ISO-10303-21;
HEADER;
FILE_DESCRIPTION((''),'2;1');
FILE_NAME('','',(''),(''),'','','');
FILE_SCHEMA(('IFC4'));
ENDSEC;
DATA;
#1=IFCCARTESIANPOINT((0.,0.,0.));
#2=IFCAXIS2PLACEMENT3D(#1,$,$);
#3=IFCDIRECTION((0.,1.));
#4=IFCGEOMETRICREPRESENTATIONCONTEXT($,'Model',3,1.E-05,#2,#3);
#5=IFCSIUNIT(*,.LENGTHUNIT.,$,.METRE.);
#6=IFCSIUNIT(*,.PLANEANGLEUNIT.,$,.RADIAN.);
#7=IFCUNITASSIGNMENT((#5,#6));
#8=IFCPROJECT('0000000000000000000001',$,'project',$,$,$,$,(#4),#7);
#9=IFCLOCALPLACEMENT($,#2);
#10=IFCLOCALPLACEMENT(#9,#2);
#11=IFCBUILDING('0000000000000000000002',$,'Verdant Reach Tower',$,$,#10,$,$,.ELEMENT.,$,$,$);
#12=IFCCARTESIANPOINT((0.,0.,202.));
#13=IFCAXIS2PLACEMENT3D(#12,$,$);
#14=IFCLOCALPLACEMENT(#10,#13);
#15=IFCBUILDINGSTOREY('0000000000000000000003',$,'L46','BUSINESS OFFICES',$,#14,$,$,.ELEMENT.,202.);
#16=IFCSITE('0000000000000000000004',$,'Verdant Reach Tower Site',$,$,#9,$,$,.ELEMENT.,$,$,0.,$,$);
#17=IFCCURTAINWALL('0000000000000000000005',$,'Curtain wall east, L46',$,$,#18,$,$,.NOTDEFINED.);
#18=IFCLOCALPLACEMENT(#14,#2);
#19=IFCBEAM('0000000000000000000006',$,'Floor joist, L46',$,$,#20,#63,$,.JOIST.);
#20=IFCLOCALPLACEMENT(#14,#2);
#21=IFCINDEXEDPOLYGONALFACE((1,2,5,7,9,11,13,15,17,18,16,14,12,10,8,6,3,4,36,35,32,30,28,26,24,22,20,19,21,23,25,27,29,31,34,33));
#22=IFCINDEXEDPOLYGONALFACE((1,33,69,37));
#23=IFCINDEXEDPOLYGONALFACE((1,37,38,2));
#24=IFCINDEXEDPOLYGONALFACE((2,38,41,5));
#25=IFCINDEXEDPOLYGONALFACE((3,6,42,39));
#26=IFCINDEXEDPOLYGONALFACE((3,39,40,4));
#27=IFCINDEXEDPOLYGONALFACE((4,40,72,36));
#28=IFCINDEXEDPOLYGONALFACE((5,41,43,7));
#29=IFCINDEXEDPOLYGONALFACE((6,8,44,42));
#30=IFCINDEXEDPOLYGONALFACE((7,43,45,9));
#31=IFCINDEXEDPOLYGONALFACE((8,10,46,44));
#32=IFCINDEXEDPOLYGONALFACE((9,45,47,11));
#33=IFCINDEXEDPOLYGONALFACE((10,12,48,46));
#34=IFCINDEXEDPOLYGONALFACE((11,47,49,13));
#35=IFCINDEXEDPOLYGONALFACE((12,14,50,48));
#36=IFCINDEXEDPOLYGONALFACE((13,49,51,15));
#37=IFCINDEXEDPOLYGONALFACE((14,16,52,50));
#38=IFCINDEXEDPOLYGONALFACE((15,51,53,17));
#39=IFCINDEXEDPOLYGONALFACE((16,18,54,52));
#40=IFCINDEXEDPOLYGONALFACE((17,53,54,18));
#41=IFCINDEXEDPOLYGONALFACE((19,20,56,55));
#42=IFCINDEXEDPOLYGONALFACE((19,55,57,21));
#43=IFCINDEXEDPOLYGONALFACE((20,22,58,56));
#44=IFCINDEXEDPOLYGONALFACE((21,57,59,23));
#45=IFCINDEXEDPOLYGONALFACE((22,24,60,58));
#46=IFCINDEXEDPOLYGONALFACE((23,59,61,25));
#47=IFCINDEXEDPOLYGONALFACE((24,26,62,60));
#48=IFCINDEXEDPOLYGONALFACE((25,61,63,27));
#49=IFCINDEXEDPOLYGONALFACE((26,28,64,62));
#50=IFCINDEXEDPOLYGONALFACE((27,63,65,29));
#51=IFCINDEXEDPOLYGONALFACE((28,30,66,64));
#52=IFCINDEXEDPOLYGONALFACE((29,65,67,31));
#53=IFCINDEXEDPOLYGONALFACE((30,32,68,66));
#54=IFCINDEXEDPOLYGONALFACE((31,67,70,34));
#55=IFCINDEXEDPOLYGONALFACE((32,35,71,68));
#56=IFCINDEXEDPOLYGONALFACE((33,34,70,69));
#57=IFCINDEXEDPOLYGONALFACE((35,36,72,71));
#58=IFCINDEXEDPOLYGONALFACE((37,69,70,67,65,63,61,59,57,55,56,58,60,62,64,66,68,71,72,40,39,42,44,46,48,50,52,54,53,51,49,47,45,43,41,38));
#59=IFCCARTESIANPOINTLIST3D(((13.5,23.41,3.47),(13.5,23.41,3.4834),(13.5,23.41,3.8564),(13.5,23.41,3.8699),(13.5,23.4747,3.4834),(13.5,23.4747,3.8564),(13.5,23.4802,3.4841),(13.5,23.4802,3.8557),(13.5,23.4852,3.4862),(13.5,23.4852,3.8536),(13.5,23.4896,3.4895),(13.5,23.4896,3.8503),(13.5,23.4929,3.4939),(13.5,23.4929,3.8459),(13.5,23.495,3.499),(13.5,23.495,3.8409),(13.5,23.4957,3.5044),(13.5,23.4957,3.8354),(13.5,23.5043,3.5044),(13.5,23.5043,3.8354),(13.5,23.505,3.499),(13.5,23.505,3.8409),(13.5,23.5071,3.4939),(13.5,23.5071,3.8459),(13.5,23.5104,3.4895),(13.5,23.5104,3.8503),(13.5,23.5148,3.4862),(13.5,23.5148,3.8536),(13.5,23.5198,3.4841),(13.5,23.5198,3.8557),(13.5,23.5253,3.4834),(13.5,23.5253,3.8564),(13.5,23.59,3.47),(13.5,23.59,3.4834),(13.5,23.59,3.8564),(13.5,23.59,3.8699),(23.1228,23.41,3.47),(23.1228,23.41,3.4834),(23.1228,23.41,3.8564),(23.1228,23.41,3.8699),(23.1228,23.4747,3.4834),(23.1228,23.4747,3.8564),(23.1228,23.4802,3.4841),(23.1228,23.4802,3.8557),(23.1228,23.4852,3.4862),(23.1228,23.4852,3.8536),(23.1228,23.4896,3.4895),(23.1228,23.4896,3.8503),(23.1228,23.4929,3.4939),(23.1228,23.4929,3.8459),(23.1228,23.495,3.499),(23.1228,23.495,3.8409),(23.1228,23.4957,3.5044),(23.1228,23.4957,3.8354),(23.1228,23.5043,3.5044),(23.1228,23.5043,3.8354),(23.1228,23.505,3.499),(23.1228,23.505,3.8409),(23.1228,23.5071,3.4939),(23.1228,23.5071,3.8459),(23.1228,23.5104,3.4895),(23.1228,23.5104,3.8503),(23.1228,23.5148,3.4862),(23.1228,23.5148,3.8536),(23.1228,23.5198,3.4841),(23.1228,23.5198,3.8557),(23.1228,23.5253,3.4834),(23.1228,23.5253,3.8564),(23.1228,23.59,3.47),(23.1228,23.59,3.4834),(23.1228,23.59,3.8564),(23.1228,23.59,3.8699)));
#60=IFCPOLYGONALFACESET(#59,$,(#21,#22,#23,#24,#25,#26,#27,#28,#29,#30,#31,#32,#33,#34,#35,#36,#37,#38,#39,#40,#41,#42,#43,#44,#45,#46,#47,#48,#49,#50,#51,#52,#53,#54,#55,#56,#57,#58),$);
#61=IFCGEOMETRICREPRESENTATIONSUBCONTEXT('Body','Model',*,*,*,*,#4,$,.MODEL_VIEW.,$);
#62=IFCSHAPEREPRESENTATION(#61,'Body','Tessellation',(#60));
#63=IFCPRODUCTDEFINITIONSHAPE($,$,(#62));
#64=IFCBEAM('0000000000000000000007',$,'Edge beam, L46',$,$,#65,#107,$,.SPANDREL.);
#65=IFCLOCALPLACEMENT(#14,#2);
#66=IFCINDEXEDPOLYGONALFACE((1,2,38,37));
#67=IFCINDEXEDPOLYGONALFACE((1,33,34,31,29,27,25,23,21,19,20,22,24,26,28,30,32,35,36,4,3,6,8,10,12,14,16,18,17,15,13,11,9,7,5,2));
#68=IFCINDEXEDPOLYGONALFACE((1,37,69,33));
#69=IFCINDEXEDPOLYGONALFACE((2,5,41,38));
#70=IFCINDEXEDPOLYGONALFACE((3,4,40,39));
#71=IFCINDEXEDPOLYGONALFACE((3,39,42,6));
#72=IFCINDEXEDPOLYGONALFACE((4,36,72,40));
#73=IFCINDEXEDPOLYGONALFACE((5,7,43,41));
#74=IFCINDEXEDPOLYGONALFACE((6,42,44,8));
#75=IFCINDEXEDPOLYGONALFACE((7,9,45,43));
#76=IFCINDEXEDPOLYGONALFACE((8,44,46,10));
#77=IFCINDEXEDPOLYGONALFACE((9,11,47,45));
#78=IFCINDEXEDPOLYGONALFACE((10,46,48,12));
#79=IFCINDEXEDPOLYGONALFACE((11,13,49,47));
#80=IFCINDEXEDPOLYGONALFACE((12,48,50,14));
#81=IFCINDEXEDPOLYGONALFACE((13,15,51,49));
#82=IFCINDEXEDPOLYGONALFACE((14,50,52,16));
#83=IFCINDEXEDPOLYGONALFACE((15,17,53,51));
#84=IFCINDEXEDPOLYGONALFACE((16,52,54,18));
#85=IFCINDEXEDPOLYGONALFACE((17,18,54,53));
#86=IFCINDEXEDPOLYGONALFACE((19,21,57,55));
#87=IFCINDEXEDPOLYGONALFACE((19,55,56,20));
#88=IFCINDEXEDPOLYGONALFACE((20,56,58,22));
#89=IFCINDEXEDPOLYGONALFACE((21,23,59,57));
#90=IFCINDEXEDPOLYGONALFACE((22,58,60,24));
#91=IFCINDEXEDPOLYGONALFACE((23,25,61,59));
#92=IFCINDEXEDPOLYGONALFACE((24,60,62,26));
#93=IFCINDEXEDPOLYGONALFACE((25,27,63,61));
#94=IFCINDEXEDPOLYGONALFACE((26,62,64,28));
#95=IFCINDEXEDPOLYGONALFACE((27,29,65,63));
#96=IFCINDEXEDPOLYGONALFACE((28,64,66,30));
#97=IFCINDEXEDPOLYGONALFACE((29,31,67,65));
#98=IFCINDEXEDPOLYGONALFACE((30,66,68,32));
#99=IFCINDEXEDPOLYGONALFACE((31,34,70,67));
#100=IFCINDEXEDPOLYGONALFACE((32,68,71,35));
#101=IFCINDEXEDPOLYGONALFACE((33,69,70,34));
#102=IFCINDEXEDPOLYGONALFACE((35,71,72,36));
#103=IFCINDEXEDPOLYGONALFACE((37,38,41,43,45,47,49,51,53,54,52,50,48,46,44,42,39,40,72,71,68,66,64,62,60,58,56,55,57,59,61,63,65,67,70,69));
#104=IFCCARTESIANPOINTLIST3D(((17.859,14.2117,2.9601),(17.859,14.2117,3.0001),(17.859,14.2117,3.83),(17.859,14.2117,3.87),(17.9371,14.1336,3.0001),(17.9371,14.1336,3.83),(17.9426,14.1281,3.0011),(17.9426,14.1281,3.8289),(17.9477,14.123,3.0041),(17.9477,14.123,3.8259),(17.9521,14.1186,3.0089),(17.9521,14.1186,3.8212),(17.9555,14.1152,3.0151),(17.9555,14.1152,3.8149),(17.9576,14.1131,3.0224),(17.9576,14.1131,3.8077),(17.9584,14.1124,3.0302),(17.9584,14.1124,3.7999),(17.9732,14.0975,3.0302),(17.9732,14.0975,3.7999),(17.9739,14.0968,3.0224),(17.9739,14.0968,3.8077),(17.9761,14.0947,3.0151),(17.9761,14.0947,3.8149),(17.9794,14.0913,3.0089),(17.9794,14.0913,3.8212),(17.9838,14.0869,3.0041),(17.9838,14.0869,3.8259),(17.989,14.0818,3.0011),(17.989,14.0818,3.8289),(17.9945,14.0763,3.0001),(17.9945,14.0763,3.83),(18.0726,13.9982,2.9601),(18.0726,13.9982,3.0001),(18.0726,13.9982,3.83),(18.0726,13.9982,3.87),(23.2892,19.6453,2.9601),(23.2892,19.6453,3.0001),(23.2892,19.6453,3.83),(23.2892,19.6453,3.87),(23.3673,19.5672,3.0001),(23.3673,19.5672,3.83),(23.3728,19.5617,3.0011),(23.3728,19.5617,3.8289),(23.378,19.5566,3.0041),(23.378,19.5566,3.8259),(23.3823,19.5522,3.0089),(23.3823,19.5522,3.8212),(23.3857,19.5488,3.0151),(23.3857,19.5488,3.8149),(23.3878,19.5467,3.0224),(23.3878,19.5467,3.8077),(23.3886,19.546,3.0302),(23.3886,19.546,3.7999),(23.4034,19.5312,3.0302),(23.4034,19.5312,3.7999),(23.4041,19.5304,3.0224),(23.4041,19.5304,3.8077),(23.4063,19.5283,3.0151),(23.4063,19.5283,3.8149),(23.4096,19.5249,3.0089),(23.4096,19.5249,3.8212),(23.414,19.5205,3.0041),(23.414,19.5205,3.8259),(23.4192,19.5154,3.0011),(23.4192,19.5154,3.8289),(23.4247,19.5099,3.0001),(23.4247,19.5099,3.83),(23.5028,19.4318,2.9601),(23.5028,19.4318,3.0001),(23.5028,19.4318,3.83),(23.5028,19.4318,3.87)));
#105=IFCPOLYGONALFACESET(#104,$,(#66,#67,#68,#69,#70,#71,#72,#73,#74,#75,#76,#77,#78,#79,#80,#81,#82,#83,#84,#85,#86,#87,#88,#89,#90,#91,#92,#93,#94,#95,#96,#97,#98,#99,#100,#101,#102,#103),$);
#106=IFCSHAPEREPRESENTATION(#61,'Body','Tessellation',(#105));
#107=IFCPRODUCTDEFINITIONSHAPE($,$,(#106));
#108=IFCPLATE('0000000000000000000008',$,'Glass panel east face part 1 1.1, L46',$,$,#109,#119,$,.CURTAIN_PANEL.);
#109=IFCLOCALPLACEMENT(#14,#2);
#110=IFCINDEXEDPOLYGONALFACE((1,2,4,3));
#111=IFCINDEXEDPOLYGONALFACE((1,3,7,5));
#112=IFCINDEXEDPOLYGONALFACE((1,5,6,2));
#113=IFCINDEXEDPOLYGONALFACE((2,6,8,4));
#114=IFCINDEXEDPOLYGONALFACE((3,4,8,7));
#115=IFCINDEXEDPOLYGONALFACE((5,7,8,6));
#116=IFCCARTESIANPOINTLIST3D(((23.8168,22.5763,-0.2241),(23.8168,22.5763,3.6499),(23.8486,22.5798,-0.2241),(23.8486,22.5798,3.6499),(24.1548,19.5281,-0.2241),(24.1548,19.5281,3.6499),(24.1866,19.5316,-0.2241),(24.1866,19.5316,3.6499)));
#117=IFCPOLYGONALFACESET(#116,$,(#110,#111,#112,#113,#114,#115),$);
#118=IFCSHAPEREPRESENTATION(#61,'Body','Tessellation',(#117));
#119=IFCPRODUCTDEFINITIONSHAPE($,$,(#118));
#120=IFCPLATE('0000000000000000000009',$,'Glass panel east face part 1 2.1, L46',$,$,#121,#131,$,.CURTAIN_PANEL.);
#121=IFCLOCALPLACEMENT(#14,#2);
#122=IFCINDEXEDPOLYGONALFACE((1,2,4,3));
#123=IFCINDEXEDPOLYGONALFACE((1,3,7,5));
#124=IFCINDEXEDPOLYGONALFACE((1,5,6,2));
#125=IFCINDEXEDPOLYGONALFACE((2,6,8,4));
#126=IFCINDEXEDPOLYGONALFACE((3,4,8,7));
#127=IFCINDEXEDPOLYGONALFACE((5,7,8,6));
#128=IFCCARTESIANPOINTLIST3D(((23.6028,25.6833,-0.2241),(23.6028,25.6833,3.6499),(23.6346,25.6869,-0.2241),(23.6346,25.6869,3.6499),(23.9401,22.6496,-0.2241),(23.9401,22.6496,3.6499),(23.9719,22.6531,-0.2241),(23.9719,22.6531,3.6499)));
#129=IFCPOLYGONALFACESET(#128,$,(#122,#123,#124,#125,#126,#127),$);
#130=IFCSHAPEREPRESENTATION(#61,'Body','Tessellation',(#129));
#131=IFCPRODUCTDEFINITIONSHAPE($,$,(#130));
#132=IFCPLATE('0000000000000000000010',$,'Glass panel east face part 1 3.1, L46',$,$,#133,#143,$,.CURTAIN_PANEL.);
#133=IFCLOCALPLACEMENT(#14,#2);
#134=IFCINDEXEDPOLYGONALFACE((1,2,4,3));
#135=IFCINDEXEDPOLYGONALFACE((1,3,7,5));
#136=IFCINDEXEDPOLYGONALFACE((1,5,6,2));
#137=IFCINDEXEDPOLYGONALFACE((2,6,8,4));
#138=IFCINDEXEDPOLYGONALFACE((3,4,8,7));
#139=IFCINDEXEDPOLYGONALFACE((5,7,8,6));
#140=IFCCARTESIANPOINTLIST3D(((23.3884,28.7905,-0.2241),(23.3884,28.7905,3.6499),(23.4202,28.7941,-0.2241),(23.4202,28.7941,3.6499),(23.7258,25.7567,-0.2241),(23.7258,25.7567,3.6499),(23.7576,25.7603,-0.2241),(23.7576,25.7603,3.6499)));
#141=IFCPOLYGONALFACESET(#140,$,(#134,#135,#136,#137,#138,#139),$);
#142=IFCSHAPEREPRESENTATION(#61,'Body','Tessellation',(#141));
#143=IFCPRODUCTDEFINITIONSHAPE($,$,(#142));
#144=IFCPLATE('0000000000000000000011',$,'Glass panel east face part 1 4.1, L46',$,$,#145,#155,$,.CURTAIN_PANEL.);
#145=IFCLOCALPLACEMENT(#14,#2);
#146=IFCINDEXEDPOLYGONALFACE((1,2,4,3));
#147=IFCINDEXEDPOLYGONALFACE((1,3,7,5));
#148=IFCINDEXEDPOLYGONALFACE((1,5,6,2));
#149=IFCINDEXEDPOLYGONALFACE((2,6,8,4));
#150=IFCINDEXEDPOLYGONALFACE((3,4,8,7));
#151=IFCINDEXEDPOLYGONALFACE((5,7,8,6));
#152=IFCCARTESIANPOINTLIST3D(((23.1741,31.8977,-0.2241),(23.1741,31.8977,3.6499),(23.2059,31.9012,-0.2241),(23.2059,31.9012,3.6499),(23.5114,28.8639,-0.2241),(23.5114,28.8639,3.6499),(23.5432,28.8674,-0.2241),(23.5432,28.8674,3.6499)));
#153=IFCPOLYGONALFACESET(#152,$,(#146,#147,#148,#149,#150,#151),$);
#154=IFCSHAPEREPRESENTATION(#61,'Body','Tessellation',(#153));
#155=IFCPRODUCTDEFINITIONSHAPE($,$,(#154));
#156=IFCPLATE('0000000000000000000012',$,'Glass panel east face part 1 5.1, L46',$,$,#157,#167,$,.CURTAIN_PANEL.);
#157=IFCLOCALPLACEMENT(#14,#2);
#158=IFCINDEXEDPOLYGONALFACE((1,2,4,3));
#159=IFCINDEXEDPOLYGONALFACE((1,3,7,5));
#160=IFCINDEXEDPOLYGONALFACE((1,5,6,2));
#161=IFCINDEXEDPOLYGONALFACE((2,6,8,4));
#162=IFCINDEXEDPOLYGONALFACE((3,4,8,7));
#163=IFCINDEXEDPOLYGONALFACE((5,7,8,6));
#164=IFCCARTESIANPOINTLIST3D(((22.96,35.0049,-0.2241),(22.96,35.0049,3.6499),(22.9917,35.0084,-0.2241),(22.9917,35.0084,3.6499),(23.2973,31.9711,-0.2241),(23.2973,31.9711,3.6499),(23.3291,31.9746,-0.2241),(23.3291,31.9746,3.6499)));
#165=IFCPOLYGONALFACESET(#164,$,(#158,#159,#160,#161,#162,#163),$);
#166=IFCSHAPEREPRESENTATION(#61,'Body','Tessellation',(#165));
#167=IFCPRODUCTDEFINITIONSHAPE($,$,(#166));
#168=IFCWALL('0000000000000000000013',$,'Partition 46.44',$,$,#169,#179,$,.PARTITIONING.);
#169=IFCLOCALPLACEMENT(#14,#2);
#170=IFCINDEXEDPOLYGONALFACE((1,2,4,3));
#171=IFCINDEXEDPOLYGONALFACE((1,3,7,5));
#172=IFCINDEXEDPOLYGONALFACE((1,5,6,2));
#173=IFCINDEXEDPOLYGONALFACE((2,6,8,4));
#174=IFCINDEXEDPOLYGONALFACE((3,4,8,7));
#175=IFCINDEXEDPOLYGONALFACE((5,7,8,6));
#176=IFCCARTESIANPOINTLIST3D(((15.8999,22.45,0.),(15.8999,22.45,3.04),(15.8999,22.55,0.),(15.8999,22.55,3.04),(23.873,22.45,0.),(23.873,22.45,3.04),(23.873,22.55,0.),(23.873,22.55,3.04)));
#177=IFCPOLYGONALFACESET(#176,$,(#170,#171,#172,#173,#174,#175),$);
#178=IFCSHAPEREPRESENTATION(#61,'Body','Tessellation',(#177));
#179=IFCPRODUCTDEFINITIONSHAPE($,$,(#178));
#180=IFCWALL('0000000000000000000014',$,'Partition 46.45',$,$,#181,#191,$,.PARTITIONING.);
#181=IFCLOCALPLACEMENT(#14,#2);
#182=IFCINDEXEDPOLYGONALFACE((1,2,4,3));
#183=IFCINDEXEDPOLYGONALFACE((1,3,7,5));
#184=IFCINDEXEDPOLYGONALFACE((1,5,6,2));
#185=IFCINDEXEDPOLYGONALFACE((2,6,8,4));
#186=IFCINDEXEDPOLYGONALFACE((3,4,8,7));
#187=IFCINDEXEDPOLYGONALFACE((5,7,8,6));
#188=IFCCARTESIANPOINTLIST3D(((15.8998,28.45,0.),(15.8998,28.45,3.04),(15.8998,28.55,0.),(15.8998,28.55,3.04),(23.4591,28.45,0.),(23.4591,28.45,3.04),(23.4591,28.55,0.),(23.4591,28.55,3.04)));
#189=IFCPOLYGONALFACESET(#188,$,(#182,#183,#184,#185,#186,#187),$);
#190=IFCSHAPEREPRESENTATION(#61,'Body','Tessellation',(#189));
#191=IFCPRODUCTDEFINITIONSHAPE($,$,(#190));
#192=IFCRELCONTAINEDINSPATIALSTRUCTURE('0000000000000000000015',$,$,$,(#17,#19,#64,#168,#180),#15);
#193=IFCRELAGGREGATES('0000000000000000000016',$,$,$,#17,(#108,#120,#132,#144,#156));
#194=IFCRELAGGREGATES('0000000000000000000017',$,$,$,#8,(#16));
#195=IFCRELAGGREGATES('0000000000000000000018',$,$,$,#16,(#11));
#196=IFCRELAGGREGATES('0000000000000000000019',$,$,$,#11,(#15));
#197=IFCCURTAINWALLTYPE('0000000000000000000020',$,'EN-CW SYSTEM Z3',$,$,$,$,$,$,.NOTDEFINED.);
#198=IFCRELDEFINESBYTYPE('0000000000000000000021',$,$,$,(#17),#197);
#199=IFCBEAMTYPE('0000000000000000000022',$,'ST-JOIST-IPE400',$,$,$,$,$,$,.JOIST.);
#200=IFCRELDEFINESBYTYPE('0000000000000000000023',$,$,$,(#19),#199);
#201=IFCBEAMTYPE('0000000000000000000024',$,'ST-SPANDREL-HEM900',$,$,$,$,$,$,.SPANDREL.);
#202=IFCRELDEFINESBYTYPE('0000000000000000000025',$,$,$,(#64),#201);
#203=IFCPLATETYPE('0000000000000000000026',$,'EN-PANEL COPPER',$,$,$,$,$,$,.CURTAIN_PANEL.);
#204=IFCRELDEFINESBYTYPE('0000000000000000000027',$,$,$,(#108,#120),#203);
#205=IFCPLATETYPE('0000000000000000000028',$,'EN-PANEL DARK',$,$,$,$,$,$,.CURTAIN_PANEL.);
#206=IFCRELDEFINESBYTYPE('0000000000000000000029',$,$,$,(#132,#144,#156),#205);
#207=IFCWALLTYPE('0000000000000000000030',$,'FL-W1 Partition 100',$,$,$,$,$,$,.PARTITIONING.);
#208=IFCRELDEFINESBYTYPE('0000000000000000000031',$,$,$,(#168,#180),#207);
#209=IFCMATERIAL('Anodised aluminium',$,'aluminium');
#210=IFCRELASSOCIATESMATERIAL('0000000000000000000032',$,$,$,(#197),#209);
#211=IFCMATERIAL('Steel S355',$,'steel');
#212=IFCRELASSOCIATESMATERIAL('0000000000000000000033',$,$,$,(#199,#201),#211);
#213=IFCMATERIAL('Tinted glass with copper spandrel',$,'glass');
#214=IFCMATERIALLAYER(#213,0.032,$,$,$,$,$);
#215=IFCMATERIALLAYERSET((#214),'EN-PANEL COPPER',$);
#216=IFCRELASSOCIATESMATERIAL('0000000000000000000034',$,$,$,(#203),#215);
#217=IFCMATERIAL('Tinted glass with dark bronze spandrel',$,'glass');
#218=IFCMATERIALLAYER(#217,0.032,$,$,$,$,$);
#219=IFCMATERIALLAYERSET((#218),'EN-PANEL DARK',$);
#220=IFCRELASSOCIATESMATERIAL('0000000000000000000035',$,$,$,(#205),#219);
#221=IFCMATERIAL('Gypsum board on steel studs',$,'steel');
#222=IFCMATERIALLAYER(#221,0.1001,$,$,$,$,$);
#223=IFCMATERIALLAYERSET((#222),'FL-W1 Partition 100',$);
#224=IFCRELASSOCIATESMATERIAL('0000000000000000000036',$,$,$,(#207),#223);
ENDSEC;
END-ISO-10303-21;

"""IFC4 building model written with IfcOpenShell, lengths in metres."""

from ifc_helpers import new_model, si_unit, direction, frame, frame_2d, origin, origin_2d, place, context, subcontext, project, spatial, rectangle, i_section, extrude, material, layer, layer_set, material_profile, profile_set, type_object, element, aggregate, save


model = new_model("IFC4")

# Units and contexts
model_context = context("Model", 3, precision=1e-05, world=origin(), true_north=direction((0.0, 1.0)))
body_context = subcontext(model_context, "Body", "Model", "MODEL_VIEW")
ifc_project = project(units=[si_unit("LENGTHUNIT", "METRE"), si_unit("PLANEANGLEUNIT", "RADIAN")], contexts=[model_context])

# Site, building, storey
site_placement = place(None, origin())
site = spatial("IfcSite", under=ifc_project, at=site_placement, Name="Verdant Reach Tower Site", CompositionType="ELEMENT", RefElevation=0.0)
building_placement = place(site_placement, origin())
building = spatial("IfcBuilding", under=site, at=building_placement, Name="Verdant Reach Tower", CompositionType="ELEMENT")
storey_placement = place(building_placement, frame((0.0, 0.0, 202.0)))
storey = spatial("IfcBuildingStorey", under=building, at=storey_placement, Name="L46", Description="BUSINESS OFFICES", CompositionType="ELEMENT", Elevation=202.0)

# Curtain wall
ifc_material_1 = material(Name="Anodised aluminium", Category="aluminium")
curtain_wall_type = type_object("IfcCurtainWallType", Name="EN-CW SYSTEM Z3", PredefinedType="NOTDEFINED", material=ifc_material_1)
curtain_wall_placement = place(storey_placement, origin())
curtain_wall = element("IfcCurtainWall", 1, at=curtain_wall_placement, inside=storey, type_object=curtain_wall_type, Name="Curtain wall east, L46", PredefinedType="NOTDEFINED")

# Beams
ifc_material_2 = material(Name="Steel S355", Category="steel")
ifc_material_profile_1 = material_profile(ifc_material_2, i_section(OverallWidth=0.1799, OverallDepth=0.3999, WebThickness=0.0085, FlangeThickness=0.0134, FilletRadius=0.021, at=origin_2d()), Name="IPE 400")
ifc_profile_set_1 = profile_set([ifc_material_profile_1], Name="Steel S355")
beam_type_1 = type_object("IfcBeamType", Name="ST-JOIST-IPE400", PredefinedType="JOIST", material=ifc_profile_set_1)
beam_1_placement = place(storey_placement, frame((13.5, 23.5, 3.6699), z_axis=(1.0, 0.0, 0.0), x_axis=(0.0, 1.0, 0.0)))
element("IfcBeam", 2, at=beam_1_placement, inside=storey, type_object=beam_type_1, Name="Floor joist, L46", PredefinedType="JOIST", context=body_context, shape_type="SweptSolid", body=[
    extrude(i_section(OverallWidth=0.1799, OverallDepth=0.3999, WebThickness=0.0085, FlangeThickness=0.0134, FilletRadius=0.021, at=origin_2d()), origin(), (0.0, 0.0, 1.0), 9.6228),
])
ifc_material_profile_2 = material_profile(ifc_material_2, i_section(OverallWidth=0.302, OverallDepth=0.9099, WebThickness=0.021, FlangeThickness=0.04, FilletRadius=0.03, at=origin_2d()), Name="HEM 900")
ifc_profile_set_2 = profile_set([ifc_material_profile_2], Name="Steel S355")
beam_type_2 = type_object("IfcBeamType", Name="ST-SPANDREL-HEM900", PredefinedType="SPANDREL", material=ifc_profile_set_2)
beam_2_placement = place(storey_placement, frame((23.396, 19.5386, 3.415), z_axis=(-0.706884, -0.707329, 0.0), x_axis=(0.707329, -0.706884, 0.0)))
element("IfcBeam", 3, at=beam_2_placement, inside=storey, type_object=beam_type_2, Name="Edge beam, L46", PredefinedType="SPANDREL", context=body_context, shape_type="SweptSolid", body=[
    extrude(i_section(OverallWidth=0.302, OverallDepth=0.9099, WebThickness=0.021, FlangeThickness=0.04, FilletRadius=0.03, at=origin_2d()), origin(), (0.0, 0.0, 1.0), 7.6819),
])

# Plates
ifc_material_3 = material(Name="Tinted glass with copper spandrel", Category="glass")
ifc_layer_1 = layer(ifc_material_3, 0.032)
ifc_layer_set_1 = layer_set([ifc_layer_1], Name="EN-PANEL COPPER")
plate_type_1 = type_object("IfcPlateType", Name="EN-PANEL COPPER", PredefinedType="CURTAIN_PANEL", material=ifc_layer_set_1)
plate_1_placement = place(storey_placement, frame((24.0017, 21.054, -0.2241), z_axis=(0.0, 0.0, 1.0), x_axis=(-0.110214, 0.993908, 0.0)))
plate_1 = element("IfcPlate", 4, at=plate_1_placement, type_object=plate_type_1, Name="Glass panel east face part 1 1.1, L46", PredefinedType="CURTAIN_PANEL", context=body_context, shape_type="SweptSolid", body=[
    extrude(rectangle(XDim=3.0669, YDim=0.032, at=origin_2d()), origin(), (0.0, 0.0, 1.0), 3.874),
])
plate_2_placement = place(storey_placement, frame((23.7874, 24.1682, -0.2241), z_axis=(0.0, 0.0, 1.0), x_axis=(-0.110518, 0.993874, 0.0)))
plate_2 = element("IfcPlate", 5, at=plate_2_placement, type_object=plate_type_1, Name="Glass panel east face part 1 2.1, L46", PredefinedType="CURTAIN_PANEL", context=body_context, shape_type="SweptSolid", body=[
    extrude(rectangle(XDim=3.0525, YDim=0.032, at=origin_2d()), origin(), (0.0, 0.0, 1.0), 3.874),
])
ifc_material_4 = material(Name="Tinted glass with dark bronze spandrel", Category="glass")
ifc_layer_2 = layer(ifc_material_4, 0.032)
ifc_layer_set_2 = layer_set([ifc_layer_2], Name="EN-PANEL DARK")
plate_type_2 = type_object("IfcPlateType", Name="EN-PANEL DARK", PredefinedType="CURTAIN_PANEL", material=ifc_layer_set_2)
plate_3_placement = place(storey_placement, frame((23.573, 27.2754, -0.2241), z_axis=(0.0, 0.0, 1.0), x_axis=(-0.110518, 0.993874, 0.0)))
plate_3 = element("IfcPlate", 6, at=plate_3_placement, type_object=plate_type_2, Name="Glass panel east face part 1 3.1, L46", PredefinedType="CURTAIN_PANEL", context=body_context, shape_type="SweptSolid", body=[
    extrude(rectangle(XDim=3.0525, YDim=0.032, at=origin_2d()), origin(), (0.0, 0.0, 1.0), 3.874),
])
plate_4_placement = place(storey_placement, frame((23.3586, 30.3826, -0.2241), z_axis=(0.0, 0.0, 1.0), x_axis=(-0.110518, 0.993874, 0.0)))
plate_4 = element("IfcPlate", 7, at=plate_4_placement, type_object=plate_type_2, Name="Glass panel east face part 1 4.1, L46", PredefinedType="CURTAIN_PANEL", context=body_context, shape_type="SweptSolid", body=[
    extrude(rectangle(XDim=3.0525, YDim=0.032, at=origin_2d()), origin(), (0.0, 0.0, 1.0), 3.874),
])
plate_5_placement = place(storey_placement, frame((23.1445, 33.4897, -0.2241), z_axis=(0.0, 0.0, 1.0), x_axis=(-0.110518, 0.993874, 0.0)))
plate_5 = element("IfcPlate", 8, at=plate_5_placement, type_object=plate_type_2, Name="Glass panel east face part 1 5.1, L46", PredefinedType="CURTAIN_PANEL", context=body_context, shape_type="SweptSolid", body=[
    extrude(rectangle(XDim=3.0525, YDim=0.032, at=origin_2d()), origin(), (0.0, 0.0, 1.0), 3.874),
])
aggregate(curtain_wall, [plate_1, plate_2, plate_3, plate_4, plate_5])

# Walls
ifc_material_5 = material(Name="Gypsum board on steel studs", Category="steel")
ifc_layer_3 = layer(ifc_material_5, 0.1001)
ifc_layer_set_3 = layer_set([ifc_layer_3], Name="FL-W1 Partition 100")
wall_type_1 = type_object("IfcWallType", Name="FL-W1 Partition 100", PredefinedType="PARTITIONING", material=ifc_layer_set_3)
wall_1_placement = place(storey_placement, frame((23.873, 22.5, 0.0), z_axis=(0.0, 0.0, 1.0), x_axis=(-1.0, 0.0, 0.0)))
element("IfcWall", 9, at=wall_1_placement, inside=storey, type_object=wall_type_1, Name="Partition 46.44", PredefinedType="PARTITIONING", context=body_context, shape_type="SweptSolid", body=[
    extrude(rectangle(XDim=7.9731, YDim=0.1001, at=frame_2d((3.9866, 0.0))), origin(), (0.0, 0.0, 1.0), 3.04),
])
wall_2_placement = place(storey_placement, frame((23.4592, 28.5, 0.0), z_axis=(0.0, 0.0, 1.0), x_axis=(-1.0, 0.0, 0.0)))
element("IfcWall", 10, at=wall_2_placement, inside=storey, type_object=wall_type_1, Name="Partition 46.45", PredefinedType="PARTITIONING", context=body_context, shape_type="SweptSolid", body=[
    extrude(rectangle(XDim=7.5593, YDim=0.1001, at=frame_2d((3.7798, 0.0))), origin(), (0.0, 0.0, 1.0), 3.04),
])

save(model, "model.ifc")
